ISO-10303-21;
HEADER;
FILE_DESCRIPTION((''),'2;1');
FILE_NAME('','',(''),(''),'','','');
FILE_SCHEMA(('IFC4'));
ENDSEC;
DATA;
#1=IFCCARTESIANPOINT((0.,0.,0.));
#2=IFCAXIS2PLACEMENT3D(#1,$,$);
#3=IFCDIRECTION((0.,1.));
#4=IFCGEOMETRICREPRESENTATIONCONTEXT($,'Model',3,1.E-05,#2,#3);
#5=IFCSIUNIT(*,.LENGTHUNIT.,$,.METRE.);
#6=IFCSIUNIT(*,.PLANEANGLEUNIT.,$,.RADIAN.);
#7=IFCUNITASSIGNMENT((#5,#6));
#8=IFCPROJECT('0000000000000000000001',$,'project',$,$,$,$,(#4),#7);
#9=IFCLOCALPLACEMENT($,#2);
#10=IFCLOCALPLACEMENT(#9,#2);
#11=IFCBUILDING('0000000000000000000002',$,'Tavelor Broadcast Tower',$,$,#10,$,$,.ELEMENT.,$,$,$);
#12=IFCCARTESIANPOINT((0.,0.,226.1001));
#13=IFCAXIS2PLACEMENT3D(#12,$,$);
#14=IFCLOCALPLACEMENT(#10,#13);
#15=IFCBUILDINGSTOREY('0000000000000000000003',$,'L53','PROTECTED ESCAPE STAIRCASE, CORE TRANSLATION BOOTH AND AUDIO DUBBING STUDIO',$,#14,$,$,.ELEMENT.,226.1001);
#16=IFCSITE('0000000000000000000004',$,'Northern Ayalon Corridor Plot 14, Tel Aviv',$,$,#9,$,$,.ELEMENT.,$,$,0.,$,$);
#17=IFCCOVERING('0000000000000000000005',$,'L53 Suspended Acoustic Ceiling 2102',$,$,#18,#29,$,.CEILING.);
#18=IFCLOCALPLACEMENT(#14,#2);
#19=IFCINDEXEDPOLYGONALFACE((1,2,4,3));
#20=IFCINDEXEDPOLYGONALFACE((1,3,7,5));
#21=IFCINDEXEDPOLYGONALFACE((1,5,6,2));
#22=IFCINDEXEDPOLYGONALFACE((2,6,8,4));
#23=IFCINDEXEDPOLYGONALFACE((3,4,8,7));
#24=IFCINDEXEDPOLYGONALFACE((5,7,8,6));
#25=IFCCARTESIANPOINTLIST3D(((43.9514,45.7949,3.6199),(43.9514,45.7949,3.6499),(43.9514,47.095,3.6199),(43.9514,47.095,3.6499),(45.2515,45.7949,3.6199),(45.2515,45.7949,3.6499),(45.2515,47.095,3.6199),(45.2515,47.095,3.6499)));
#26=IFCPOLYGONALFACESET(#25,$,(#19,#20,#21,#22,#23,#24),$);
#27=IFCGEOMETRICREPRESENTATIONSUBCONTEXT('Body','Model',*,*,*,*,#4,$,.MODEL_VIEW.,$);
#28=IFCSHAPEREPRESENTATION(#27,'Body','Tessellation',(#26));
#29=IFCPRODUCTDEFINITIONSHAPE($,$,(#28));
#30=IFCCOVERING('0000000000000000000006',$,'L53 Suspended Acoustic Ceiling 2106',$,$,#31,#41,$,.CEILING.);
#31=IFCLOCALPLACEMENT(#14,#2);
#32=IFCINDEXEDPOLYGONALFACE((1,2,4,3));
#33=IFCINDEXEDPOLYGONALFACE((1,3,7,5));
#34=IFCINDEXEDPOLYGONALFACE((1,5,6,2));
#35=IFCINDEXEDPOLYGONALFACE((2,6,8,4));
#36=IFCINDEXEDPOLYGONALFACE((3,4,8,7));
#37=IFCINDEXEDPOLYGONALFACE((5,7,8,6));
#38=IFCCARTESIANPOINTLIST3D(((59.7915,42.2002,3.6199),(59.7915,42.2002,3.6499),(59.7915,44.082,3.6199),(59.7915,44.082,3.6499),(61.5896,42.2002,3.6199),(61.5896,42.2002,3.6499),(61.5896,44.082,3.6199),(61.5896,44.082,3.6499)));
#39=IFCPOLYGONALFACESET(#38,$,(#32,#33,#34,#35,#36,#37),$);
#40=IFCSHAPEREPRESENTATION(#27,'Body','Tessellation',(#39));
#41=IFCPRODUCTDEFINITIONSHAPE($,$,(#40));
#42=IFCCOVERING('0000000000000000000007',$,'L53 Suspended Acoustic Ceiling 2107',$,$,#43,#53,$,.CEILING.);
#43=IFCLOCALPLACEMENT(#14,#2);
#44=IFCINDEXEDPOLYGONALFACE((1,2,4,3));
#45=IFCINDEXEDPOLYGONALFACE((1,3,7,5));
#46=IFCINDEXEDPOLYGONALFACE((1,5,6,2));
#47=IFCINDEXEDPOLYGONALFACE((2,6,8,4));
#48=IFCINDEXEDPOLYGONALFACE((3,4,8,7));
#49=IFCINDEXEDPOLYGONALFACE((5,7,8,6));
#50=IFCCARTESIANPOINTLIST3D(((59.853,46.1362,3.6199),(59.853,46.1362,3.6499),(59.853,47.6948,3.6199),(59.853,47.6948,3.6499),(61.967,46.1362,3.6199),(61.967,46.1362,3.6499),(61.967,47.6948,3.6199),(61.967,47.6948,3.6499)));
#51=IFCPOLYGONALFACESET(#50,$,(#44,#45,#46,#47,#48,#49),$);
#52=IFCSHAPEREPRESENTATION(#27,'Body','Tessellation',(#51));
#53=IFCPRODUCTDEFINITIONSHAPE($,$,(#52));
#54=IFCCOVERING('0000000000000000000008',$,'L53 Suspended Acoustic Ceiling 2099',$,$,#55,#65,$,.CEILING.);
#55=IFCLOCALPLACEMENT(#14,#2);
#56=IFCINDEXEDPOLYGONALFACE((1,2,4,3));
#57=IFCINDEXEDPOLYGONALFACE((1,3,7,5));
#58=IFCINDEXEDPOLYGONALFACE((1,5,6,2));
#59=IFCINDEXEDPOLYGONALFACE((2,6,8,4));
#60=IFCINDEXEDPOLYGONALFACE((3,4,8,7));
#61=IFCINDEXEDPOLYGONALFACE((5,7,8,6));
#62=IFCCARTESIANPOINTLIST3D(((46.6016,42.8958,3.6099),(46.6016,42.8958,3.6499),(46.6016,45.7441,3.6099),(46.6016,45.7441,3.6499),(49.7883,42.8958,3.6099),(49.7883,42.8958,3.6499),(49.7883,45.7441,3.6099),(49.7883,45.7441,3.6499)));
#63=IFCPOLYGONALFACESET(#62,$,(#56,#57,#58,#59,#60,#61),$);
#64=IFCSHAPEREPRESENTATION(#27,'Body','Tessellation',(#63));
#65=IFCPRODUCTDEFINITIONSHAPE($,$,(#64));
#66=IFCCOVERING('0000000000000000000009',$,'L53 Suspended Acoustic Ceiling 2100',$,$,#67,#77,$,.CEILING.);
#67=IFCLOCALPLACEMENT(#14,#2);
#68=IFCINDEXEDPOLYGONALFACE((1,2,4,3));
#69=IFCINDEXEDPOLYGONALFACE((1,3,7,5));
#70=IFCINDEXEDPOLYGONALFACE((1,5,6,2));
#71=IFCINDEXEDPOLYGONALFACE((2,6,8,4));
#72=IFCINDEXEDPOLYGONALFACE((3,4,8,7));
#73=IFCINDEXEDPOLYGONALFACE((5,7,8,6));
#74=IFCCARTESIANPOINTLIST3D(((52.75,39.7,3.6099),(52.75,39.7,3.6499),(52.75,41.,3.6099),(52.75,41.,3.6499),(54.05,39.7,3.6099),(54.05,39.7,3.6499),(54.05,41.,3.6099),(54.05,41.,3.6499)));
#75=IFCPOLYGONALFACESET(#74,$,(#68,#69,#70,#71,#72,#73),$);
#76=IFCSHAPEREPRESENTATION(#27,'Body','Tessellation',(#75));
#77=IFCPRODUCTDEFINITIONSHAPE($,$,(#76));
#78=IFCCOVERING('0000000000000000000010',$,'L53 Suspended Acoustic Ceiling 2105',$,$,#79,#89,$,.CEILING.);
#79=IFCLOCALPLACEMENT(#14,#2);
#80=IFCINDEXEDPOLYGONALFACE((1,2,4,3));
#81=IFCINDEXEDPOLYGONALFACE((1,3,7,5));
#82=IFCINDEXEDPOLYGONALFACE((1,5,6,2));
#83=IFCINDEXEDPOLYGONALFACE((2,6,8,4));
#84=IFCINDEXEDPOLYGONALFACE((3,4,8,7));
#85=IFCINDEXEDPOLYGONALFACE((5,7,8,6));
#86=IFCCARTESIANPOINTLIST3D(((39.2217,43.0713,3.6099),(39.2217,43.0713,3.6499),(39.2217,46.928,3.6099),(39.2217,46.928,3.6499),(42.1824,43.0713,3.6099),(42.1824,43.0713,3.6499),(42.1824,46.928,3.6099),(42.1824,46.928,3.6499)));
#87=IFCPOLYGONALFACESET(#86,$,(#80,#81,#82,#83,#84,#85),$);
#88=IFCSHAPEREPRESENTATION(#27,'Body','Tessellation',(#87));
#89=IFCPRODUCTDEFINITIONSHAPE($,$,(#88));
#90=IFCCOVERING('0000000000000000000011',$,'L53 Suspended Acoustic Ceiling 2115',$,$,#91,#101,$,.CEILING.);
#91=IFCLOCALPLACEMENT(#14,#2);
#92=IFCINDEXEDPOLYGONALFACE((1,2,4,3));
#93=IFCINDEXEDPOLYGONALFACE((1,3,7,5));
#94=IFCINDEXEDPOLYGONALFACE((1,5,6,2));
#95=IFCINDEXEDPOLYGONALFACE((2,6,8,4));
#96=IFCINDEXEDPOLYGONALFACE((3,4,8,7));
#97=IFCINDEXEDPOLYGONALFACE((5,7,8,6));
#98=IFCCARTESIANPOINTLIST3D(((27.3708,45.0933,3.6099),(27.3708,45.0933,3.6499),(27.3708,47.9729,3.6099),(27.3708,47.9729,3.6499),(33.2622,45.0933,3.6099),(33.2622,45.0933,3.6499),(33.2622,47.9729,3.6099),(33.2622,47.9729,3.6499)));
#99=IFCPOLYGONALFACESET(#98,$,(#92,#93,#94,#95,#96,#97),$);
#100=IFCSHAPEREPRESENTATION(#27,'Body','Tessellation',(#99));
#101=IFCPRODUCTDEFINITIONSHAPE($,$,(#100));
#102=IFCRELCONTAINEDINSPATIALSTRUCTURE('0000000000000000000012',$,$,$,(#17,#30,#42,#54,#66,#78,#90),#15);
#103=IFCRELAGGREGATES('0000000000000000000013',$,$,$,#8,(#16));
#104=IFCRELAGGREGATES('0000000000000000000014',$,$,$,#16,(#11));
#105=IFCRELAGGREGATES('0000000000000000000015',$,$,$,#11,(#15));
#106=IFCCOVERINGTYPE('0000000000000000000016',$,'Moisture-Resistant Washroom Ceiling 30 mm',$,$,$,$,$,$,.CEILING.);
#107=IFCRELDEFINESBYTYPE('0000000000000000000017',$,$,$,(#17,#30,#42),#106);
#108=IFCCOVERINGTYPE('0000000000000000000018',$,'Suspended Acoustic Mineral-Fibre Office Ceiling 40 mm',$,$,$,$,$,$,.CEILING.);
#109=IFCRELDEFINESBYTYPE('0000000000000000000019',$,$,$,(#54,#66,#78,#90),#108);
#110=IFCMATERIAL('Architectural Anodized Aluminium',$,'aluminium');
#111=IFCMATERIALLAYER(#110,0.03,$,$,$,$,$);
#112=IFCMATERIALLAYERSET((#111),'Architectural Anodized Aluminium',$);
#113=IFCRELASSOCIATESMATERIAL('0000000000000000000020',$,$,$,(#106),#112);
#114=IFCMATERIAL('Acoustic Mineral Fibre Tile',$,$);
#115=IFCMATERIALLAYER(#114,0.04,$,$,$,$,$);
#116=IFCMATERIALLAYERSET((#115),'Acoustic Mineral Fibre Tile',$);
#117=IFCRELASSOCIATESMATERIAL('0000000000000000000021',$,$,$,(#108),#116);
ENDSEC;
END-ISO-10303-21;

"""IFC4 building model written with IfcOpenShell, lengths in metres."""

from ifc_helpers import new_model, si_unit, direction, frame, origin, place, context, subcontext, project, spatial, polyline, outline, extrude, material, layer, layer_set, type_object, element, save


model = new_model("IFC4")

# Units and contexts
model_context = context("Model", 3, precision=1e-05, world=origin(), true_north=direction((0.0, 1.0)))
body_context = subcontext(model_context, "Body", "Model", "MODEL_VIEW")
ifc_project = project(units=[si_unit("LENGTHUNIT", "METRE"), si_unit("PLANEANGLEUNIT", "RADIAN")], contexts=[model_context])

# Site, building, storey
site_placement = place(None, origin())
site = spatial("IfcSite", under=ifc_project, at=site_placement, Name="Northern Ayalon Corridor Plot 14, Tel Aviv", CompositionType="ELEMENT", RefElevation=0.0)
building_placement = place(site_placement, origin())
building = spatial("IfcBuilding", under=site, at=building_placement, Name="Tavelor Broadcast Tower", CompositionType="ELEMENT")
storey_placement = place(building_placement, frame((0.0, 0.0, 226.1001)))
storey = spatial("IfcBuildingStorey", under=building, at=storey_placement, Name="L53", Description="PROTECTED ESCAPE STAIRCASE, CORE TRANSLATION BOOTH AND AUDIO DUBBING STUDIO", CompositionType="ELEMENT", Elevation=226.1001)

# Coverings
ifc_material_1 = material(Name="Architectural Anodized Aluminium", Category="aluminium")
ifc_layer_1 = layer(ifc_material_1, 0.03)
ifc_layer_set_1 = layer_set([ifc_layer_1], Name="Architectural Anodized Aluminium")
covering_type_1 = type_object("IfcCoveringType", Name="Moisture-Resistant Washroom Ceiling 30 mm", PredefinedType="CEILING", material=ifc_layer_set_1)
covering_1_placement = place(storey_placement, frame((0.0, 0.0, 3.6199)))
element("IfcCovering", 1, at=covering_1_placement, inside=storey, type_object=covering_type_1, Name="L53 Suspended Acoustic Ceiling 2102", PredefinedType="CEILING", context=body_context, shape_type="SweptSolid", body=[
    extrude(outline(polyline([(43.9514, 45.7949), (45.2515, 45.7949), (45.2515, 47.095), (43.9514, 47.095), (43.9514, 45.7949)])), origin(), (0.0, 0.0, 1.0), 0.03),
])
covering_2_placement = place(storey_placement, frame((0.0, 0.0, 3.6199)))
element("IfcCovering", 2, at=covering_2_placement, inside=storey, type_object=covering_type_1, Name="L53 Suspended Acoustic Ceiling 2106", PredefinedType="CEILING", context=body_context, shape_type="SweptSolid", body=[
    extrude(outline(polyline([(59.7915, 42.2002), (61.5896, 42.2002), (61.5896, 44.082), (59.7915, 44.082), (59.7915, 42.2002)])), origin(), (0.0, 0.0, 1.0), 0.03),
])
covering_3_placement = place(storey_placement, frame((0.0, 0.0, 3.6199)))
element("IfcCovering", 3, at=covering_3_placement, inside=storey, type_object=covering_type_1, Name="L53 Suspended Acoustic Ceiling 2107", PredefinedType="CEILING", context=body_context, shape_type="SweptSolid", body=[
    extrude(outline(polyline([(59.853, 46.1362), (61.967, 46.1362), (61.967, 47.6948), (59.853, 47.6948), (59.853, 46.1362)])), origin(), (0.0, 0.0, 1.0), 0.03),
])
ifc_material_2 = material(Name="Acoustic Mineral Fibre Tile")
ifc_layer_2 = layer(ifc_material_2, 0.04)
ifc_layer_set_2 = layer_set([ifc_layer_2], Name="Acoustic Mineral Fibre Tile")
covering_type_2 = type_object("IfcCoveringType", Name="Suspended Acoustic Mineral-Fibre Office Ceiling 40 mm", PredefinedType="CEILING", material=ifc_layer_set_2)
covering_4_placement = place(storey_placement, frame((0.0, 0.0, 3.6099)))
element("IfcCovering", 4, at=covering_4_placement, inside=storey, type_object=covering_type_2, Name="L53 Suspended Acoustic Ceiling 2099", PredefinedType="CEILING", context=body_context, shape_type="SweptSolid", body=[
    extrude(outline(polyline([(46.6016, 42.8958), (49.7883, 42.8958), (49.7883, 45.7441), (46.6016, 45.7441), (46.6016, 42.8958)])), origin(), (0.0, 0.0, 1.0), 0.04),
])
covering_5_placement = place(storey_placement, frame((0.0, 0.0, 3.6099)))
element("IfcCovering", 5, at=covering_5_placement, inside=storey, type_object=covering_type_2, Name="L53 Suspended Acoustic Ceiling 2100", PredefinedType="CEILING", context=body_context, shape_type="SweptSolid", body=[
    extrude(outline(polyline([(52.75, 39.7), (54.05, 39.7), (54.05, 41.0), (52.75, 41.0), (52.75, 39.7)])), origin(), (0.0, 0.0, 1.0), 0.04),
])
covering_6_placement = place(storey_placement, frame((0.0, 0.0, 3.6099)))
element("IfcCovering", 6, at=covering_6_placement, inside=storey, type_object=covering_type_2, Name="L53 Suspended Acoustic Ceiling 2105", PredefinedType="CEILING", context=body_context, shape_type="SweptSolid", body=[
    extrude(outline(polyline([(39.2217, 43.0713), (42.1824, 43.0713), (42.1824, 46.928), (39.2217, 46.928), (39.2217, 43.0713)])), origin(), (0.0, 0.0, 1.0), 0.04),
])
covering_7_placement = place(storey_placement, frame((0.0, 0.0, 3.6099)))
element("IfcCovering", 7, at=covering_7_placement, inside=storey, type_object=covering_type_2, Name="L53 Suspended Acoustic Ceiling 2115", PredefinedType="CEILING", context=body_context, shape_type="SweptSolid", body=[
    extrude(outline(polyline([(27.3708, 45.0933), (33.2622, 45.0933), (33.2622, 47.9729), (27.3708, 47.9729), (27.3708, 45.0933)])), origin(), (0.0, 0.0, 1.0), 0.04),
])

save(model, "model.ifc")
